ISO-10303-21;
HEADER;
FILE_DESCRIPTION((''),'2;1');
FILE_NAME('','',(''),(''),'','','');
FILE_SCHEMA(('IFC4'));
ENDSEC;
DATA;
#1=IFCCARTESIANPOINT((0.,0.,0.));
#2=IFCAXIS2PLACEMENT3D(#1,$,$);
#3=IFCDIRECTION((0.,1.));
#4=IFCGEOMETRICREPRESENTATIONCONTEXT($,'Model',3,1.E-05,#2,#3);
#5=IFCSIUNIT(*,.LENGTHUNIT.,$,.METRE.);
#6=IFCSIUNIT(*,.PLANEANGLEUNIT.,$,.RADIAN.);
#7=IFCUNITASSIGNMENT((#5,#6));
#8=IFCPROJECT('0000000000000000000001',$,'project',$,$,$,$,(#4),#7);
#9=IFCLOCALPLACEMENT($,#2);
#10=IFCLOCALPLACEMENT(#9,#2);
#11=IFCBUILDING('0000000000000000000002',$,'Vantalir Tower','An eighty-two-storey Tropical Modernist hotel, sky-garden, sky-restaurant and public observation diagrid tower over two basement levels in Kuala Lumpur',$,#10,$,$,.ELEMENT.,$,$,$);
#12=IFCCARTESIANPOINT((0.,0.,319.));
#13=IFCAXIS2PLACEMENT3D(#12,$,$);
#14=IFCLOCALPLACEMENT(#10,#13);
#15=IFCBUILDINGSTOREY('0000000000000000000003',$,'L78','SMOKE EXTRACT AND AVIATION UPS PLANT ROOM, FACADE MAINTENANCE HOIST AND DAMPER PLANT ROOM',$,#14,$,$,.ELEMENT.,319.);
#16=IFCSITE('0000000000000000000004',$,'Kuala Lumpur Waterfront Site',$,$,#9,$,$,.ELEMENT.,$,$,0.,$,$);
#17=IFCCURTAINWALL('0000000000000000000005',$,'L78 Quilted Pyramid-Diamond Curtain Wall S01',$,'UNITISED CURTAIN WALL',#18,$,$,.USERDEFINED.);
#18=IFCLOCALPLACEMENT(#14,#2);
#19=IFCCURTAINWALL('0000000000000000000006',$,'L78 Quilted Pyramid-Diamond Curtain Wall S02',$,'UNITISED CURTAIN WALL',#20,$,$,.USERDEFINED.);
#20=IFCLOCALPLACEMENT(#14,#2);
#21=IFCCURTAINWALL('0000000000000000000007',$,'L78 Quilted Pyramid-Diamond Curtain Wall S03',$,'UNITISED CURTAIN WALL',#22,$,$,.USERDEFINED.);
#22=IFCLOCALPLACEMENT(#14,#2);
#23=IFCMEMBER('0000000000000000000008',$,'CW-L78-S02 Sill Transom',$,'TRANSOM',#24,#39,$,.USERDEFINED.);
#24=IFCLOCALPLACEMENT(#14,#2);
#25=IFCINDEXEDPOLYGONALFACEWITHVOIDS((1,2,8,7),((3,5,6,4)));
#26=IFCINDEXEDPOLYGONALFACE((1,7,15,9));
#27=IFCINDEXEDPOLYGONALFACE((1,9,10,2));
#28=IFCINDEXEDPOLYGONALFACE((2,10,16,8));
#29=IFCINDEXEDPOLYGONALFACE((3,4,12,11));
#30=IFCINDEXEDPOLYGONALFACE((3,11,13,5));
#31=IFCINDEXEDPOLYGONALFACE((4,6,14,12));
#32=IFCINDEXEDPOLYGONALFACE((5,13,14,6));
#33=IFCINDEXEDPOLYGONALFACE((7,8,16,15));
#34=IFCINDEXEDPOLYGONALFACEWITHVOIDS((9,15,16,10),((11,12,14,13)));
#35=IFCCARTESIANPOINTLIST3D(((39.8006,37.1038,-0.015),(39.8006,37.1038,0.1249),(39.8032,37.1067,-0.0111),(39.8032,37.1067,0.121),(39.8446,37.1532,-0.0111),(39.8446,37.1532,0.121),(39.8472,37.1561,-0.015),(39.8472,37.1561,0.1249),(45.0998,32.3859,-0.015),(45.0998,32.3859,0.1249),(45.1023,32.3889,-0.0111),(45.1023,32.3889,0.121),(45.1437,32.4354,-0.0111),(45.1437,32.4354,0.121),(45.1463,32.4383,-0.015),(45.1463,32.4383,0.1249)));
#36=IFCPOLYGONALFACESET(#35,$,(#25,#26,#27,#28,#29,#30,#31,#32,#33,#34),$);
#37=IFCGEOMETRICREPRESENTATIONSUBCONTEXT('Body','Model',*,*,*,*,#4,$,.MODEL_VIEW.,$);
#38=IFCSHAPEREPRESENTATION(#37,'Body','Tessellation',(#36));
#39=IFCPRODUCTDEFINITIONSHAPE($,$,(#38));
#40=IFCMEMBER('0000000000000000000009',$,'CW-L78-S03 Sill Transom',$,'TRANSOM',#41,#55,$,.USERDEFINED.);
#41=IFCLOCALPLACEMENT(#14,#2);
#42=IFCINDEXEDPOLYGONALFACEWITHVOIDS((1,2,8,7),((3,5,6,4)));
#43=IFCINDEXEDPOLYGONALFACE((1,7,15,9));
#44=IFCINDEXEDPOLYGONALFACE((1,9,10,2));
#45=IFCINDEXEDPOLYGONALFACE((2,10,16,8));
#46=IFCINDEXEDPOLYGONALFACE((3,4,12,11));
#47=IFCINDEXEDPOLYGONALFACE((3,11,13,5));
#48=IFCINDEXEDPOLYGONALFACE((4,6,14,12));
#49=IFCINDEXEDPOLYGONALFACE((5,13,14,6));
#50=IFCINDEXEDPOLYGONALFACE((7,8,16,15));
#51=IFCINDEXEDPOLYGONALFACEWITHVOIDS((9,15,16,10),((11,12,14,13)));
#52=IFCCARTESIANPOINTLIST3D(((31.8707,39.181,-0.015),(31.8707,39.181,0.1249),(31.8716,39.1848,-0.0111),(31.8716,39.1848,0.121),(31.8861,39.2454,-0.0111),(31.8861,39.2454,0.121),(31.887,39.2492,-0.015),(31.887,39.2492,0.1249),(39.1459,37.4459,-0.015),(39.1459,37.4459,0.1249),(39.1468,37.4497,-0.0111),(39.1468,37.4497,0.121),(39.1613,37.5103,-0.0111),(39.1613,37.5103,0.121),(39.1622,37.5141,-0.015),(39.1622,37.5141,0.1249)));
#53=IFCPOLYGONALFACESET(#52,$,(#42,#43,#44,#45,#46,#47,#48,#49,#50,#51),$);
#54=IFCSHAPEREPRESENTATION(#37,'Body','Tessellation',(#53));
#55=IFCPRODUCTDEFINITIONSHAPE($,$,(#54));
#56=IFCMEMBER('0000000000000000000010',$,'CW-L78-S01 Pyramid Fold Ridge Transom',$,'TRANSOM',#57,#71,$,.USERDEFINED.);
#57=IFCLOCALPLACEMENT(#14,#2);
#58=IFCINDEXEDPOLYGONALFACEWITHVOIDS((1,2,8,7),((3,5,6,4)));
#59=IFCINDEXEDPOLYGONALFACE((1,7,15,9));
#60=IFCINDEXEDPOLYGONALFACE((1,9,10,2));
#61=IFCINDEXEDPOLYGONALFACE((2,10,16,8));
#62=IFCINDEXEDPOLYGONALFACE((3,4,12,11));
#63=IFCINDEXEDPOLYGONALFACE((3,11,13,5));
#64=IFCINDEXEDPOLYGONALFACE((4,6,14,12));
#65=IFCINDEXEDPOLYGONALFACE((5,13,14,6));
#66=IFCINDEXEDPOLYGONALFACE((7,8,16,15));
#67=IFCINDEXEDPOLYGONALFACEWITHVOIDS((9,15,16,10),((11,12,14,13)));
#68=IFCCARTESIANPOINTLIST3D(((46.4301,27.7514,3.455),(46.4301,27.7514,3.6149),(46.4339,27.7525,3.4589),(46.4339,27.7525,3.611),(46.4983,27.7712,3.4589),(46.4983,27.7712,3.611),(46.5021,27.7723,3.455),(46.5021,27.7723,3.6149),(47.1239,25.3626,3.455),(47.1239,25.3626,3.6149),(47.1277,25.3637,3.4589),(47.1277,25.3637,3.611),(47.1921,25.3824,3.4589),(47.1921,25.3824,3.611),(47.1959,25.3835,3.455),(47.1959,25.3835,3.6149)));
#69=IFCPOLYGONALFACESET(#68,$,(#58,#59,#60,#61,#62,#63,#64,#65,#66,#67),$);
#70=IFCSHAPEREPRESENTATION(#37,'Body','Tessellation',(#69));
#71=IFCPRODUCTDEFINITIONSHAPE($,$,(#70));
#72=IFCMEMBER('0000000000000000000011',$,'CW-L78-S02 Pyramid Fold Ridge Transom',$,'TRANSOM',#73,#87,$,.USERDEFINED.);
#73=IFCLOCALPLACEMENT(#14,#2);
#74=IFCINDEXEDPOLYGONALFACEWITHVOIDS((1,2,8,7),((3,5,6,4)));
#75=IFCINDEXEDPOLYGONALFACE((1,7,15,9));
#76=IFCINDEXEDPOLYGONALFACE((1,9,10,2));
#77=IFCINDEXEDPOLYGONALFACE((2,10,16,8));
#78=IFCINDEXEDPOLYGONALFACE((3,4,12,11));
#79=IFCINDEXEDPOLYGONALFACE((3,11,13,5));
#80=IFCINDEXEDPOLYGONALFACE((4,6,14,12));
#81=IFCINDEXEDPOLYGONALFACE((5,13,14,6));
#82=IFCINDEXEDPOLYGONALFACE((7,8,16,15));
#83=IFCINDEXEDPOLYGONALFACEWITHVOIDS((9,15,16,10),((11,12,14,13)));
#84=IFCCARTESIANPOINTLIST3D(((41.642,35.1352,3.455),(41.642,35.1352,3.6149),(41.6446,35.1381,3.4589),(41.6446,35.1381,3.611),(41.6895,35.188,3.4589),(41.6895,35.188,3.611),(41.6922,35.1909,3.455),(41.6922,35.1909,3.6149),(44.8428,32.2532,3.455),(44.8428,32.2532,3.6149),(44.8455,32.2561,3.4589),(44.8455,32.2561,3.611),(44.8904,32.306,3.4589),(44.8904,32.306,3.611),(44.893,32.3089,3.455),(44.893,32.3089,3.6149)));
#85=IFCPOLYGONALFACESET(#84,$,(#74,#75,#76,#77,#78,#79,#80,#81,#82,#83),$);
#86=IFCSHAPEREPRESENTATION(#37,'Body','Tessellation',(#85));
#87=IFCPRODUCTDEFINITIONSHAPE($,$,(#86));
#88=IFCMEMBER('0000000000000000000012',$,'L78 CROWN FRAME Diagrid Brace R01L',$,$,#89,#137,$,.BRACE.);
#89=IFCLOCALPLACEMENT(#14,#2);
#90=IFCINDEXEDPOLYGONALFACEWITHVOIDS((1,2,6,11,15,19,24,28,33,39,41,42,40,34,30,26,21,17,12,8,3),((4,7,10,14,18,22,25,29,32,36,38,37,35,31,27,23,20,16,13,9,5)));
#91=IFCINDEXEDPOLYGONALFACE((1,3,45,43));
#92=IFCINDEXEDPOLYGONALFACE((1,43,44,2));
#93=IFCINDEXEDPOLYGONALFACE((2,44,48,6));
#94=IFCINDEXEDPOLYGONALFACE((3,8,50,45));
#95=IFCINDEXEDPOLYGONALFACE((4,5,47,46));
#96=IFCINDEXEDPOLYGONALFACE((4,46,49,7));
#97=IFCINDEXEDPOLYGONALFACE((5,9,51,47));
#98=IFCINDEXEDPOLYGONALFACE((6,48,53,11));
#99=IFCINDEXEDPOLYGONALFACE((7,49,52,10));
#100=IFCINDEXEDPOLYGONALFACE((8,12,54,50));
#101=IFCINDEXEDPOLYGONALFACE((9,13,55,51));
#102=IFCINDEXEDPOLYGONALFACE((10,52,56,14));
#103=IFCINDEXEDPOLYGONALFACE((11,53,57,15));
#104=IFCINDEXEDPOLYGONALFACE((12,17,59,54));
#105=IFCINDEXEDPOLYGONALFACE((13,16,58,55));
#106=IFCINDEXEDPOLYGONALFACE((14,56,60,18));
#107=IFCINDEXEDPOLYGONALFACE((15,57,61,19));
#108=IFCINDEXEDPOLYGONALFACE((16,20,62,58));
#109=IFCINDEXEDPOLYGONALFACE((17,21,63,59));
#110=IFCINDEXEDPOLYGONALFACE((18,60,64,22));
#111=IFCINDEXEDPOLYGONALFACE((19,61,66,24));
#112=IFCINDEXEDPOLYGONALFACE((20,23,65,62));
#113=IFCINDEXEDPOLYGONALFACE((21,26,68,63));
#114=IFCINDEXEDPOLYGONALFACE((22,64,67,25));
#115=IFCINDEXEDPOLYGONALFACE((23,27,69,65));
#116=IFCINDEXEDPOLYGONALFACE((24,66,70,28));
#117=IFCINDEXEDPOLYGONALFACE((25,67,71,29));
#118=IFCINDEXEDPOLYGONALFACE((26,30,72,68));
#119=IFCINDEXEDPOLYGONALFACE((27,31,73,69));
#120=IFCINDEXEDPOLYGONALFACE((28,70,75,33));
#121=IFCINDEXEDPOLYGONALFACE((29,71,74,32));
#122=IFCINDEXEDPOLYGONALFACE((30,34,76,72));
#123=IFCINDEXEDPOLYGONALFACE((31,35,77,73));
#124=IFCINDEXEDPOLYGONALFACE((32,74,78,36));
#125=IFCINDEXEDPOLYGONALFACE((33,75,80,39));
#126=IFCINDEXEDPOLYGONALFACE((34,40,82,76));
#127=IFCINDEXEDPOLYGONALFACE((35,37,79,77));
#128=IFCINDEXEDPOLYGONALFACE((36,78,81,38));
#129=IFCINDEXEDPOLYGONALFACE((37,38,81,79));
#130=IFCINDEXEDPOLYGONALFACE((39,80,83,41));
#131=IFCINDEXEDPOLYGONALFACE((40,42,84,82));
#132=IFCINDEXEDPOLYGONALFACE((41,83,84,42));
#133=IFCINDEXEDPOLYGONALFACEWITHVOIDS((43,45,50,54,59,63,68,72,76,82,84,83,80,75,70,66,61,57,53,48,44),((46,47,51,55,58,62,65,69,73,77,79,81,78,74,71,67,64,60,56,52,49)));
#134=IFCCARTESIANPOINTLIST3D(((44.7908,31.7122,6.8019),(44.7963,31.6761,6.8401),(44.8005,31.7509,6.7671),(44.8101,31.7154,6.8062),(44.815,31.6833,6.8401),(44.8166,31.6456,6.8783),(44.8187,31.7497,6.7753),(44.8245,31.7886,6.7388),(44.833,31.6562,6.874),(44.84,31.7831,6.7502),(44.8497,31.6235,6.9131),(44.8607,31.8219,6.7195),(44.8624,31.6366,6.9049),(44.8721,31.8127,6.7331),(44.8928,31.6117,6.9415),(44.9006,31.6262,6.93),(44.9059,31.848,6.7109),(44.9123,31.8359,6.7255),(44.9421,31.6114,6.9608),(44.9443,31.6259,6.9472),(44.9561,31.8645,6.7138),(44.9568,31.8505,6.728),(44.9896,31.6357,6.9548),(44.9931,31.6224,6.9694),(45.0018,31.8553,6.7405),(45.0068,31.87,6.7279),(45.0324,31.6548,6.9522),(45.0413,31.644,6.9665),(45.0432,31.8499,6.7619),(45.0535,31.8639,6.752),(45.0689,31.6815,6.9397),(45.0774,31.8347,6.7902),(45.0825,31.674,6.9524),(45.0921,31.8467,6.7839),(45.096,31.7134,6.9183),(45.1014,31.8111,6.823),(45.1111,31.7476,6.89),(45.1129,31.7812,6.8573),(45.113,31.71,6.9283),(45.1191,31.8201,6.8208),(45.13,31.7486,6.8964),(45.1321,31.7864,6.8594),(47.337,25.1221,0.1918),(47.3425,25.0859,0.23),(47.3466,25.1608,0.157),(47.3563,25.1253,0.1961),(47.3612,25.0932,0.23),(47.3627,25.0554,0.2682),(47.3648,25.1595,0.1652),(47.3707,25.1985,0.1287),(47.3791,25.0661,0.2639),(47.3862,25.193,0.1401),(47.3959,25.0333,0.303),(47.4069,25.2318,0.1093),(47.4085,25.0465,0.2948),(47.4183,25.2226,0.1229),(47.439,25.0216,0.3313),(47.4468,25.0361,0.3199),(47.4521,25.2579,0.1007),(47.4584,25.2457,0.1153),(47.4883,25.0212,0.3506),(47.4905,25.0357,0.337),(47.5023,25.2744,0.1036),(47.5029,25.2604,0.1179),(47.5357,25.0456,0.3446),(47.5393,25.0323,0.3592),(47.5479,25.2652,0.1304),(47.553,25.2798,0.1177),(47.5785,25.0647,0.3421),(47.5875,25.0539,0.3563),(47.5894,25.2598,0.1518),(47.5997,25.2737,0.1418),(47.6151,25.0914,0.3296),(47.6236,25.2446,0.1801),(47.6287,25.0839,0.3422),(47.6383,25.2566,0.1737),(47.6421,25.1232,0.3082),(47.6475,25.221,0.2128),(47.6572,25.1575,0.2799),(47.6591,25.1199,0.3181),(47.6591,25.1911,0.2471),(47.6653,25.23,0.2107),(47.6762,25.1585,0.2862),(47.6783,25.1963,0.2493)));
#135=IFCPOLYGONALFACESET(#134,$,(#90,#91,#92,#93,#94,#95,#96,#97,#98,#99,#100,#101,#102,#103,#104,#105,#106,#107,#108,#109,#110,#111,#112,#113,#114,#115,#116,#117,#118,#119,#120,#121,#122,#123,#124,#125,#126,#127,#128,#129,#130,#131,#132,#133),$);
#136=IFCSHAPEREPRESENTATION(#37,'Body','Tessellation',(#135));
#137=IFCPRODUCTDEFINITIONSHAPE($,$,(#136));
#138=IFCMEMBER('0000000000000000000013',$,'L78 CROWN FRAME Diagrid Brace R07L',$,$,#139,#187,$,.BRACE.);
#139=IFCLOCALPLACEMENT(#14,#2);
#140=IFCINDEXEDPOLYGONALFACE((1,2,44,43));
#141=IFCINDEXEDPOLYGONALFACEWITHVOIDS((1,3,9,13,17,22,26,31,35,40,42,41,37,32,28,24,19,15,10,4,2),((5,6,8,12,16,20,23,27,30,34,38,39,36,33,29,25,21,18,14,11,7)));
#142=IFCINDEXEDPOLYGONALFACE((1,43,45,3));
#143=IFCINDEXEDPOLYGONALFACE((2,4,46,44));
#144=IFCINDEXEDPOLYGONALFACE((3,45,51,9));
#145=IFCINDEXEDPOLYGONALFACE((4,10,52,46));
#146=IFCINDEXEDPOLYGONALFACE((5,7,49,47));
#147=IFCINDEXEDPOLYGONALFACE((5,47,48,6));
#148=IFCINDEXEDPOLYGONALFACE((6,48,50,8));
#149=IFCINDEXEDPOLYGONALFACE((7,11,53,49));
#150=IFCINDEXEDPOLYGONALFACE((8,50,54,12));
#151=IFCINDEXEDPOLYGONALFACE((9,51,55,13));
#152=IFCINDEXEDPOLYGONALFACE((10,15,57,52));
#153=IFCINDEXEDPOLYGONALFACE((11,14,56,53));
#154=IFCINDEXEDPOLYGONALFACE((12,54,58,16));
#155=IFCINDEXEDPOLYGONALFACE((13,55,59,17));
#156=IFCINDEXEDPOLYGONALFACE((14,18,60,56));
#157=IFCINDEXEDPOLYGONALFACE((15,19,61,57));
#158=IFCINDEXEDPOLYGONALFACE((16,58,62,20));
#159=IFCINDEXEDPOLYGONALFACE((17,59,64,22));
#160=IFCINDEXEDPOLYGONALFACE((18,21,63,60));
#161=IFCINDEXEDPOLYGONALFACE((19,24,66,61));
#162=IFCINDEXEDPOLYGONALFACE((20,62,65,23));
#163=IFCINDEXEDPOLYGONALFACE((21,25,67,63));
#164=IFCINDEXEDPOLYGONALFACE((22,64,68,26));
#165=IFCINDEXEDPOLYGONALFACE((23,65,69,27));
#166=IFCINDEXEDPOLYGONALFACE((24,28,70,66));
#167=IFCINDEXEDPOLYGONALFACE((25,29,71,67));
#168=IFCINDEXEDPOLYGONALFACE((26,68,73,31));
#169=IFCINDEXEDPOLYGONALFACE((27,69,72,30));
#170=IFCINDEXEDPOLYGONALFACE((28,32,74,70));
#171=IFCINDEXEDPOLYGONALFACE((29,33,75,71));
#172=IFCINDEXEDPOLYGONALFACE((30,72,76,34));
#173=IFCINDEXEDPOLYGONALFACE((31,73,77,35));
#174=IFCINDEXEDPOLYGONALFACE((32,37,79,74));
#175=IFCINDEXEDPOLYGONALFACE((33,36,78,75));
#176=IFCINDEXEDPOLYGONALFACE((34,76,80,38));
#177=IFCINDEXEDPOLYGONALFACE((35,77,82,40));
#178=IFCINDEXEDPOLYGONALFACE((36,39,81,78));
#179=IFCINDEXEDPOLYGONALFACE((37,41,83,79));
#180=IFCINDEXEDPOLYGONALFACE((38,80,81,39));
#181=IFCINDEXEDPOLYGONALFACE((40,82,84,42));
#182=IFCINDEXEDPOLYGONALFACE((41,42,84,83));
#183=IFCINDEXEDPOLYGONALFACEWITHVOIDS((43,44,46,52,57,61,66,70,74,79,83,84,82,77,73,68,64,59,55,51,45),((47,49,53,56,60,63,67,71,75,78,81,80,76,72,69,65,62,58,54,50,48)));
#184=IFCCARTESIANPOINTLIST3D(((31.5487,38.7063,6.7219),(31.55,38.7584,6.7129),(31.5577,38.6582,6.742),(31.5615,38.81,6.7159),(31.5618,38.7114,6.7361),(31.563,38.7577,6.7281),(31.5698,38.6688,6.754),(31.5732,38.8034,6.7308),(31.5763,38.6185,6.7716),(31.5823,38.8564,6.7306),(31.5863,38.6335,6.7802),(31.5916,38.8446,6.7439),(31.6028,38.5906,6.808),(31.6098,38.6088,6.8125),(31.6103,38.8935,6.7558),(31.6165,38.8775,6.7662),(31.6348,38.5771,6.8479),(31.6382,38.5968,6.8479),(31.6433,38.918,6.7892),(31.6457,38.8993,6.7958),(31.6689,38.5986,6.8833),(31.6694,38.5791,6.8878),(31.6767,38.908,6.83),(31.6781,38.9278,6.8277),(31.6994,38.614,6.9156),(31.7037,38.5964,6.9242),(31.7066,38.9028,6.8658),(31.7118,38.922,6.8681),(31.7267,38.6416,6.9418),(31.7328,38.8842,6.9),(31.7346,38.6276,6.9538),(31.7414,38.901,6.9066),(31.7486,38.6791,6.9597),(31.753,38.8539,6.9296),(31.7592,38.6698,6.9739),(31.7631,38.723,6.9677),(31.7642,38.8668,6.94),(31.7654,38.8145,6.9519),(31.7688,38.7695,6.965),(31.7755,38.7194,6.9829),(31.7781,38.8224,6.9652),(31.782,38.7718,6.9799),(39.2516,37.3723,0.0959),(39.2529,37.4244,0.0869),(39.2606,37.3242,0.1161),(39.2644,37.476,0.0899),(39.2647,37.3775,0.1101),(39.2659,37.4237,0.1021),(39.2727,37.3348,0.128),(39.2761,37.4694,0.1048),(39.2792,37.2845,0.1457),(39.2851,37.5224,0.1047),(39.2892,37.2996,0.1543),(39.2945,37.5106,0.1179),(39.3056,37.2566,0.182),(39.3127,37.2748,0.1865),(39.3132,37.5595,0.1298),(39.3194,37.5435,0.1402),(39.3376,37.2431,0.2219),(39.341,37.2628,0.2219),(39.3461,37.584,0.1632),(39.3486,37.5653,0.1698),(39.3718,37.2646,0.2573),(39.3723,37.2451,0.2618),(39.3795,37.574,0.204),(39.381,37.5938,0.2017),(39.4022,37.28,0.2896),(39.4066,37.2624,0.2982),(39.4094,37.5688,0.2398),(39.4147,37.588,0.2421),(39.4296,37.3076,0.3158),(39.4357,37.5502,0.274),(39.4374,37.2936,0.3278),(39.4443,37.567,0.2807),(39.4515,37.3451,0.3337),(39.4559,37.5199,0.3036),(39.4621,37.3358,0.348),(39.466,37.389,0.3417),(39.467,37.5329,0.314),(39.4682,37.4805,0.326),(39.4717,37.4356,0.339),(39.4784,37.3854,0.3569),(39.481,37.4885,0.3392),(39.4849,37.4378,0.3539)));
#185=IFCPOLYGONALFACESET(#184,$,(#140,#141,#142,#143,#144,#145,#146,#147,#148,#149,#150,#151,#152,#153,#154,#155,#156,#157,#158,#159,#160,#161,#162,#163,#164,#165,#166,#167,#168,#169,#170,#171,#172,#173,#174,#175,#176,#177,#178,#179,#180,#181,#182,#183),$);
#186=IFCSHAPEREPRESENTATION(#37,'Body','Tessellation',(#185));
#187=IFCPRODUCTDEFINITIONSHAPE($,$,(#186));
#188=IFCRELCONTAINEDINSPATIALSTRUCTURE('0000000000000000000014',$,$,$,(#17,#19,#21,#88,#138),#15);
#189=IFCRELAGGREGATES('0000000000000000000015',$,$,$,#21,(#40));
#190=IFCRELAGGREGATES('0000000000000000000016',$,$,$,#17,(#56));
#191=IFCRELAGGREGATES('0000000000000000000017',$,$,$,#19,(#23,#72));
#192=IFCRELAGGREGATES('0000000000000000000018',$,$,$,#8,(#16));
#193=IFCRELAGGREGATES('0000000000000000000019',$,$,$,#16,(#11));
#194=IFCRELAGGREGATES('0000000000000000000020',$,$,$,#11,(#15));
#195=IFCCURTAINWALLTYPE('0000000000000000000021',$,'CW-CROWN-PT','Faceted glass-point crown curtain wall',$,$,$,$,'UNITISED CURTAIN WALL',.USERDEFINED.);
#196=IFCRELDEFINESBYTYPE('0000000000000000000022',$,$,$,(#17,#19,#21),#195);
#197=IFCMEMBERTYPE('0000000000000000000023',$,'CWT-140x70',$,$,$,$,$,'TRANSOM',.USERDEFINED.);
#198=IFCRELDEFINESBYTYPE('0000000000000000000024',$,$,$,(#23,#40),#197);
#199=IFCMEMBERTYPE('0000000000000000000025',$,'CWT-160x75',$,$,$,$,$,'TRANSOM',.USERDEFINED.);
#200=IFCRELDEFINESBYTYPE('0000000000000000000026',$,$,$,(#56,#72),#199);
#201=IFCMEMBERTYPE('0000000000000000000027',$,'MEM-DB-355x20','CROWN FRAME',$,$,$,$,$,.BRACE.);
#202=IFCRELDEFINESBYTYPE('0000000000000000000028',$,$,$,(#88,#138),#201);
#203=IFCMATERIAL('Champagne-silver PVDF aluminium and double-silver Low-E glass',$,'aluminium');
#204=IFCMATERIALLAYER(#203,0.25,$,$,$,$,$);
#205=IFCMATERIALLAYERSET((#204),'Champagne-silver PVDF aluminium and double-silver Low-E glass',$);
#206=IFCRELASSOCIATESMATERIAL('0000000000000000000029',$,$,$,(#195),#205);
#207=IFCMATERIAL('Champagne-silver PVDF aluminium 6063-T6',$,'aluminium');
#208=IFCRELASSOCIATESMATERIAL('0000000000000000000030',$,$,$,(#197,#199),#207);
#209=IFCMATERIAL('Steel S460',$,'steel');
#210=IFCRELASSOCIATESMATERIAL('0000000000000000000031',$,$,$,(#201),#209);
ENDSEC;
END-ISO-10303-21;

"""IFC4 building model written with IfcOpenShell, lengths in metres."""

from ifc_helpers import new_model, si_unit, direction, frame, origin, origin_2d, place, context, subcontext, project, spatial, hollow_rectangle, hollow_circle, extrude, material, layer, layer_set, material_profile, profile_set, type_object, element, aggregate, save


model = new_model("IFC4")

# Units and contexts
model_context = context("Model", 3, precision=1e-05, world=origin(), true_north=direction((0.0, 1.0)))
body_context = subcontext(model_context, "Body", "Model", "MODEL_VIEW")
ifc_project = project(units=[si_unit("LENGTHUNIT", "METRE"), si_unit("PLANEANGLEUNIT", "RADIAN")], contexts=[model_context])

# Site, building, storey
site_placement = place(None, origin())
site = spatial("IfcSite", under=ifc_project, at=site_placement, Name="Kuala Lumpur Waterfront Site", CompositionType="ELEMENT", RefElevation=0.0)
building_placement = place(site_placement, origin())
building = spatial("IfcBuilding", under=site, at=building_placement, Name="Vantalir Tower", Description="An eighty-two-storey Tropical Modernist hotel, sky-garden, sky-restaurant and public observation diagrid tower over two basement levels in Kuala Lumpur", CompositionType="ELEMENT")
storey_placement = place(building_placement, frame((0.0, 0.0, 319.0)))
storey = spatial("IfcBuildingStorey", under=building, at=storey_placement, Name="L78", Description="SMOKE EXTRACT AND AVIATION UPS PLANT ROOM, FACADE MAINTENANCE HOIST AND DAMPER PLANT ROOM", CompositionType="ELEMENT", Elevation=319.0)

# Shared definitions
ifc_material_1 = material(Name="Steel S460", Category="steel")

# Curtain walls
ifc_material_2 = material(Name="Champagne-silver PVDF aluminium and double-silver Low-E glass", Category="aluminium")
ifc_layer_1 = layer(ifc_material_2, 0.25)
ifc_layer_set_1 = layer_set([ifc_layer_1], Name="Champagne-silver PVDF aluminium and double-silver Low-E glass")
curtain_wall_type = type_object("IfcCurtainWallType", Name="CW-CROWN-PT", Description="Faceted glass-point crown curtain wall", ElementType="UNITISED CURTAIN WALL", PredefinedType="USERDEFINED", material=ifc_layer_set_1)
curtain_wall_1_placement = place(storey_placement, origin())
curtain_wall_1 = element("IfcCurtainWall", 1, at=curtain_wall_1_placement, inside=storey, type_object=curtain_wall_type, Name="L78 Quilted Pyramid-Diamond Curtain Wall S01", ObjectType="UNITISED CURTAIN WALL", PredefinedType="USERDEFINED")
ifc_material_3 = material(Name="Champagne-silver PVDF aluminium 6063-T6", Category="aluminium")
curtain_wall_2_placement = place(storey_placement, origin())
curtain_wall_2 = element("IfcCurtainWall", 2, at=curtain_wall_2_placement, inside=storey, type_object=curtain_wall_type, Name="L78 Quilted Pyramid-Diamond Curtain Wall S02", ObjectType="UNITISED CURTAIN WALL", PredefinedType="USERDEFINED")

# Curtain wall
curtain_wall_3_placement = place(storey_placement, origin())
curtain_wall_3 = element("IfcCurtainWall", 3, at=curtain_wall_3_placement, inside=storey, type_object=curtain_wall_type, Name="L78 Quilted Pyramid-Diamond Curtain Wall S03", ObjectType="UNITISED CURTAIN WALL", PredefinedType="USERDEFINED")

# Members
ifc_material_profile_1 = material_profile(ifc_material_3, hollow_rectangle(XDim=0.0701, YDim=0.1399, WallThickness=0.0039, at=origin_2d()), Name="Champagne-silver PVDF aluminium 6063-T6")
ifc_profile_set_1 = profile_set([ifc_material_profile_1], Name="Champagne-silver PVDF aluminium 6063-T6")
member_type_1 = type_object("IfcMemberType", Name="CWT-140x70", ElementType="TRANSOM", PredefinedType="USERDEFINED", material=ifc_profile_set_1)
member_1_placement = place(storey_placement, frame((45.123, 32.4121, 0.0549), z_axis=(-0.746885, 0.664953, 0.0), x_axis=(-0.664953, -0.746885, 0.0)))
member_1 = element("IfcMember", 4, at=member_1_placement, type_object=member_type_1, Name="CW-L78-S02 Sill Transom", ObjectType="TRANSOM", PredefinedType="USERDEFINED", context=body_context, shape_type="SweptSolid", body=[
    extrude(hollow_rectangle(XDim=0.0701, YDim=0.1399, WallThickness=0.0039, at=origin_2d()), origin(), (0.0, 0.0, 1.0), 7.095),
])
member_2_placement = place(storey_placement, frame((39.1541, 37.48, 0.0549), z_axis=(-0.972718, 0.231991, 0.0), x_axis=(-0.231991, -0.972718, 0.0)))
member_2 = element("IfcMember", 5, at=member_2_placement, type_object=member_type_1, Name="CW-L78-S03 Sill Transom", ObjectType="TRANSOM", PredefinedType="USERDEFINED", context=body_context, shape_type="SweptSolid", body=[
    extrude(hollow_rectangle(XDim=0.0701, YDim=0.1399, WallThickness=0.0039, at=origin_2d()), origin(), (0.0, 0.0, 1.0), 7.4792),
])
aggregate(curtain_wall_3, [member_2])
ifc_material_profile_2 = material_profile(ifc_material_3, hollow_rectangle(XDim=0.075, YDim=0.1599, WallThickness=0.0039, at=origin_2d()), Name="Champagne-silver PVDF aluminium 6063-T6")
ifc_profile_set_2 = profile_set([ifc_material_profile_2], Name="Champagne-silver PVDF aluminium 6063-T6")
member_type_2 = type_object("IfcMemberType", Name="CWT-160x75", ElementType="TRANSOM", PredefinedType="USERDEFINED", material=ifc_profile_set_2)
member_3_placement = place(storey_placement, frame((47.1599, 25.373, 3.5349), z_axis=(-0.278918, 0.960315, 0.0), x_axis=(-0.960315, -0.278918, 0.0)))
member_3 = element("IfcMember", 6, at=member_3_placement, type_object=member_type_2, Name="CW-L78-S01 Pyramid Fold Ridge Transom", ObjectType="TRANSOM", PredefinedType="USERDEFINED", context=body_context, shape_type="SweptSolid", body=[
    extrude(hollow_rectangle(XDim=0.075, YDim=0.1599, WallThickness=0.0039, at=origin_2d()), origin(), (0.0, 0.0, 1.0), 2.4875),
])
member_4_placement = place(storey_placement, frame((44.8679, 32.281, 3.5349), z_axis=(-0.74315, 0.669124, 0.0), x_axis=(-0.669124, -0.74315, 0.0)))
member_4 = element("IfcMember", 7, at=member_4_placement, type_object=member_type_2, Name="CW-L78-S02 Pyramid Fold Ridge Transom", ObjectType="TRANSOM", PredefinedType="USERDEFINED", context=body_context, shape_type="SweptSolid", body=[
    extrude(hollow_rectangle(XDim=0.075, YDim=0.1599, WallThickness=0.0039, at=origin_2d()), origin(), (0.0, 0.0, 1.0), 4.3071),
])

# Members
ifc_material_profile_3 = material_profile(ifc_material_1, hollow_circle(Radius=0.1775, WallThickness=0.02, at=origin_2d()), Name="Steel S460")
ifc_profile_set_3 = profile_set([ifc_material_profile_3], Name="Steel S460")
member_type_3 = type_object("IfcMemberType", Name="MEM-DB-355x20", Description="CROWN FRAME", PredefinedType="BRACE", material=ifc_profile_set_3)
member_5_placement = place(storey_placement, frame((47.5081, 25.1499, 0.23), z_axis=(-0.263167, 0.681146, 0.683215), x_axis=(-0.932799, -0.360396, 0.0)))
element("IfcMember", 8, at=member_5_placement, inside=storey, type_object=member_type_3, Name="L78 CROWN FRAME Diagrid Brace R01L", PredefinedType="BRACE", context=body_context, shape_type="SweptSolid", body=[
    extrude(hollow_circle(Radius=0.1775, WallThickness=0.02, at=origin_2d()), origin(), (0.0, 0.0, 1.0), 9.675),
])
member_6_placement = place(storey_placement, frame((39.3679, 37.418, 0.2219), z_axis=(-0.751662, 0.130173, 0.646575), x_axis=(-0.17064, -0.985333, 0.0)))
element("IfcMember", 9, at=member_6_placement, inside=storey, type_object=member_type_3, Name="L78 CROWN FRAME Diagrid Brace R07L", PredefinedType="BRACE", context=body_context, shape_type="SweptSolid", body=[
    extrude(hollow_circle(Radius=0.1775, WallThickness=0.02, at=origin_2d()), origin(), (0.0, 0.0, 1.0), 10.2478),
])

aggregate(curtain_wall_1, [member_3])
aggregate(curtain_wall_2, [member_1, member_4])

save(model, "model.ifc")
